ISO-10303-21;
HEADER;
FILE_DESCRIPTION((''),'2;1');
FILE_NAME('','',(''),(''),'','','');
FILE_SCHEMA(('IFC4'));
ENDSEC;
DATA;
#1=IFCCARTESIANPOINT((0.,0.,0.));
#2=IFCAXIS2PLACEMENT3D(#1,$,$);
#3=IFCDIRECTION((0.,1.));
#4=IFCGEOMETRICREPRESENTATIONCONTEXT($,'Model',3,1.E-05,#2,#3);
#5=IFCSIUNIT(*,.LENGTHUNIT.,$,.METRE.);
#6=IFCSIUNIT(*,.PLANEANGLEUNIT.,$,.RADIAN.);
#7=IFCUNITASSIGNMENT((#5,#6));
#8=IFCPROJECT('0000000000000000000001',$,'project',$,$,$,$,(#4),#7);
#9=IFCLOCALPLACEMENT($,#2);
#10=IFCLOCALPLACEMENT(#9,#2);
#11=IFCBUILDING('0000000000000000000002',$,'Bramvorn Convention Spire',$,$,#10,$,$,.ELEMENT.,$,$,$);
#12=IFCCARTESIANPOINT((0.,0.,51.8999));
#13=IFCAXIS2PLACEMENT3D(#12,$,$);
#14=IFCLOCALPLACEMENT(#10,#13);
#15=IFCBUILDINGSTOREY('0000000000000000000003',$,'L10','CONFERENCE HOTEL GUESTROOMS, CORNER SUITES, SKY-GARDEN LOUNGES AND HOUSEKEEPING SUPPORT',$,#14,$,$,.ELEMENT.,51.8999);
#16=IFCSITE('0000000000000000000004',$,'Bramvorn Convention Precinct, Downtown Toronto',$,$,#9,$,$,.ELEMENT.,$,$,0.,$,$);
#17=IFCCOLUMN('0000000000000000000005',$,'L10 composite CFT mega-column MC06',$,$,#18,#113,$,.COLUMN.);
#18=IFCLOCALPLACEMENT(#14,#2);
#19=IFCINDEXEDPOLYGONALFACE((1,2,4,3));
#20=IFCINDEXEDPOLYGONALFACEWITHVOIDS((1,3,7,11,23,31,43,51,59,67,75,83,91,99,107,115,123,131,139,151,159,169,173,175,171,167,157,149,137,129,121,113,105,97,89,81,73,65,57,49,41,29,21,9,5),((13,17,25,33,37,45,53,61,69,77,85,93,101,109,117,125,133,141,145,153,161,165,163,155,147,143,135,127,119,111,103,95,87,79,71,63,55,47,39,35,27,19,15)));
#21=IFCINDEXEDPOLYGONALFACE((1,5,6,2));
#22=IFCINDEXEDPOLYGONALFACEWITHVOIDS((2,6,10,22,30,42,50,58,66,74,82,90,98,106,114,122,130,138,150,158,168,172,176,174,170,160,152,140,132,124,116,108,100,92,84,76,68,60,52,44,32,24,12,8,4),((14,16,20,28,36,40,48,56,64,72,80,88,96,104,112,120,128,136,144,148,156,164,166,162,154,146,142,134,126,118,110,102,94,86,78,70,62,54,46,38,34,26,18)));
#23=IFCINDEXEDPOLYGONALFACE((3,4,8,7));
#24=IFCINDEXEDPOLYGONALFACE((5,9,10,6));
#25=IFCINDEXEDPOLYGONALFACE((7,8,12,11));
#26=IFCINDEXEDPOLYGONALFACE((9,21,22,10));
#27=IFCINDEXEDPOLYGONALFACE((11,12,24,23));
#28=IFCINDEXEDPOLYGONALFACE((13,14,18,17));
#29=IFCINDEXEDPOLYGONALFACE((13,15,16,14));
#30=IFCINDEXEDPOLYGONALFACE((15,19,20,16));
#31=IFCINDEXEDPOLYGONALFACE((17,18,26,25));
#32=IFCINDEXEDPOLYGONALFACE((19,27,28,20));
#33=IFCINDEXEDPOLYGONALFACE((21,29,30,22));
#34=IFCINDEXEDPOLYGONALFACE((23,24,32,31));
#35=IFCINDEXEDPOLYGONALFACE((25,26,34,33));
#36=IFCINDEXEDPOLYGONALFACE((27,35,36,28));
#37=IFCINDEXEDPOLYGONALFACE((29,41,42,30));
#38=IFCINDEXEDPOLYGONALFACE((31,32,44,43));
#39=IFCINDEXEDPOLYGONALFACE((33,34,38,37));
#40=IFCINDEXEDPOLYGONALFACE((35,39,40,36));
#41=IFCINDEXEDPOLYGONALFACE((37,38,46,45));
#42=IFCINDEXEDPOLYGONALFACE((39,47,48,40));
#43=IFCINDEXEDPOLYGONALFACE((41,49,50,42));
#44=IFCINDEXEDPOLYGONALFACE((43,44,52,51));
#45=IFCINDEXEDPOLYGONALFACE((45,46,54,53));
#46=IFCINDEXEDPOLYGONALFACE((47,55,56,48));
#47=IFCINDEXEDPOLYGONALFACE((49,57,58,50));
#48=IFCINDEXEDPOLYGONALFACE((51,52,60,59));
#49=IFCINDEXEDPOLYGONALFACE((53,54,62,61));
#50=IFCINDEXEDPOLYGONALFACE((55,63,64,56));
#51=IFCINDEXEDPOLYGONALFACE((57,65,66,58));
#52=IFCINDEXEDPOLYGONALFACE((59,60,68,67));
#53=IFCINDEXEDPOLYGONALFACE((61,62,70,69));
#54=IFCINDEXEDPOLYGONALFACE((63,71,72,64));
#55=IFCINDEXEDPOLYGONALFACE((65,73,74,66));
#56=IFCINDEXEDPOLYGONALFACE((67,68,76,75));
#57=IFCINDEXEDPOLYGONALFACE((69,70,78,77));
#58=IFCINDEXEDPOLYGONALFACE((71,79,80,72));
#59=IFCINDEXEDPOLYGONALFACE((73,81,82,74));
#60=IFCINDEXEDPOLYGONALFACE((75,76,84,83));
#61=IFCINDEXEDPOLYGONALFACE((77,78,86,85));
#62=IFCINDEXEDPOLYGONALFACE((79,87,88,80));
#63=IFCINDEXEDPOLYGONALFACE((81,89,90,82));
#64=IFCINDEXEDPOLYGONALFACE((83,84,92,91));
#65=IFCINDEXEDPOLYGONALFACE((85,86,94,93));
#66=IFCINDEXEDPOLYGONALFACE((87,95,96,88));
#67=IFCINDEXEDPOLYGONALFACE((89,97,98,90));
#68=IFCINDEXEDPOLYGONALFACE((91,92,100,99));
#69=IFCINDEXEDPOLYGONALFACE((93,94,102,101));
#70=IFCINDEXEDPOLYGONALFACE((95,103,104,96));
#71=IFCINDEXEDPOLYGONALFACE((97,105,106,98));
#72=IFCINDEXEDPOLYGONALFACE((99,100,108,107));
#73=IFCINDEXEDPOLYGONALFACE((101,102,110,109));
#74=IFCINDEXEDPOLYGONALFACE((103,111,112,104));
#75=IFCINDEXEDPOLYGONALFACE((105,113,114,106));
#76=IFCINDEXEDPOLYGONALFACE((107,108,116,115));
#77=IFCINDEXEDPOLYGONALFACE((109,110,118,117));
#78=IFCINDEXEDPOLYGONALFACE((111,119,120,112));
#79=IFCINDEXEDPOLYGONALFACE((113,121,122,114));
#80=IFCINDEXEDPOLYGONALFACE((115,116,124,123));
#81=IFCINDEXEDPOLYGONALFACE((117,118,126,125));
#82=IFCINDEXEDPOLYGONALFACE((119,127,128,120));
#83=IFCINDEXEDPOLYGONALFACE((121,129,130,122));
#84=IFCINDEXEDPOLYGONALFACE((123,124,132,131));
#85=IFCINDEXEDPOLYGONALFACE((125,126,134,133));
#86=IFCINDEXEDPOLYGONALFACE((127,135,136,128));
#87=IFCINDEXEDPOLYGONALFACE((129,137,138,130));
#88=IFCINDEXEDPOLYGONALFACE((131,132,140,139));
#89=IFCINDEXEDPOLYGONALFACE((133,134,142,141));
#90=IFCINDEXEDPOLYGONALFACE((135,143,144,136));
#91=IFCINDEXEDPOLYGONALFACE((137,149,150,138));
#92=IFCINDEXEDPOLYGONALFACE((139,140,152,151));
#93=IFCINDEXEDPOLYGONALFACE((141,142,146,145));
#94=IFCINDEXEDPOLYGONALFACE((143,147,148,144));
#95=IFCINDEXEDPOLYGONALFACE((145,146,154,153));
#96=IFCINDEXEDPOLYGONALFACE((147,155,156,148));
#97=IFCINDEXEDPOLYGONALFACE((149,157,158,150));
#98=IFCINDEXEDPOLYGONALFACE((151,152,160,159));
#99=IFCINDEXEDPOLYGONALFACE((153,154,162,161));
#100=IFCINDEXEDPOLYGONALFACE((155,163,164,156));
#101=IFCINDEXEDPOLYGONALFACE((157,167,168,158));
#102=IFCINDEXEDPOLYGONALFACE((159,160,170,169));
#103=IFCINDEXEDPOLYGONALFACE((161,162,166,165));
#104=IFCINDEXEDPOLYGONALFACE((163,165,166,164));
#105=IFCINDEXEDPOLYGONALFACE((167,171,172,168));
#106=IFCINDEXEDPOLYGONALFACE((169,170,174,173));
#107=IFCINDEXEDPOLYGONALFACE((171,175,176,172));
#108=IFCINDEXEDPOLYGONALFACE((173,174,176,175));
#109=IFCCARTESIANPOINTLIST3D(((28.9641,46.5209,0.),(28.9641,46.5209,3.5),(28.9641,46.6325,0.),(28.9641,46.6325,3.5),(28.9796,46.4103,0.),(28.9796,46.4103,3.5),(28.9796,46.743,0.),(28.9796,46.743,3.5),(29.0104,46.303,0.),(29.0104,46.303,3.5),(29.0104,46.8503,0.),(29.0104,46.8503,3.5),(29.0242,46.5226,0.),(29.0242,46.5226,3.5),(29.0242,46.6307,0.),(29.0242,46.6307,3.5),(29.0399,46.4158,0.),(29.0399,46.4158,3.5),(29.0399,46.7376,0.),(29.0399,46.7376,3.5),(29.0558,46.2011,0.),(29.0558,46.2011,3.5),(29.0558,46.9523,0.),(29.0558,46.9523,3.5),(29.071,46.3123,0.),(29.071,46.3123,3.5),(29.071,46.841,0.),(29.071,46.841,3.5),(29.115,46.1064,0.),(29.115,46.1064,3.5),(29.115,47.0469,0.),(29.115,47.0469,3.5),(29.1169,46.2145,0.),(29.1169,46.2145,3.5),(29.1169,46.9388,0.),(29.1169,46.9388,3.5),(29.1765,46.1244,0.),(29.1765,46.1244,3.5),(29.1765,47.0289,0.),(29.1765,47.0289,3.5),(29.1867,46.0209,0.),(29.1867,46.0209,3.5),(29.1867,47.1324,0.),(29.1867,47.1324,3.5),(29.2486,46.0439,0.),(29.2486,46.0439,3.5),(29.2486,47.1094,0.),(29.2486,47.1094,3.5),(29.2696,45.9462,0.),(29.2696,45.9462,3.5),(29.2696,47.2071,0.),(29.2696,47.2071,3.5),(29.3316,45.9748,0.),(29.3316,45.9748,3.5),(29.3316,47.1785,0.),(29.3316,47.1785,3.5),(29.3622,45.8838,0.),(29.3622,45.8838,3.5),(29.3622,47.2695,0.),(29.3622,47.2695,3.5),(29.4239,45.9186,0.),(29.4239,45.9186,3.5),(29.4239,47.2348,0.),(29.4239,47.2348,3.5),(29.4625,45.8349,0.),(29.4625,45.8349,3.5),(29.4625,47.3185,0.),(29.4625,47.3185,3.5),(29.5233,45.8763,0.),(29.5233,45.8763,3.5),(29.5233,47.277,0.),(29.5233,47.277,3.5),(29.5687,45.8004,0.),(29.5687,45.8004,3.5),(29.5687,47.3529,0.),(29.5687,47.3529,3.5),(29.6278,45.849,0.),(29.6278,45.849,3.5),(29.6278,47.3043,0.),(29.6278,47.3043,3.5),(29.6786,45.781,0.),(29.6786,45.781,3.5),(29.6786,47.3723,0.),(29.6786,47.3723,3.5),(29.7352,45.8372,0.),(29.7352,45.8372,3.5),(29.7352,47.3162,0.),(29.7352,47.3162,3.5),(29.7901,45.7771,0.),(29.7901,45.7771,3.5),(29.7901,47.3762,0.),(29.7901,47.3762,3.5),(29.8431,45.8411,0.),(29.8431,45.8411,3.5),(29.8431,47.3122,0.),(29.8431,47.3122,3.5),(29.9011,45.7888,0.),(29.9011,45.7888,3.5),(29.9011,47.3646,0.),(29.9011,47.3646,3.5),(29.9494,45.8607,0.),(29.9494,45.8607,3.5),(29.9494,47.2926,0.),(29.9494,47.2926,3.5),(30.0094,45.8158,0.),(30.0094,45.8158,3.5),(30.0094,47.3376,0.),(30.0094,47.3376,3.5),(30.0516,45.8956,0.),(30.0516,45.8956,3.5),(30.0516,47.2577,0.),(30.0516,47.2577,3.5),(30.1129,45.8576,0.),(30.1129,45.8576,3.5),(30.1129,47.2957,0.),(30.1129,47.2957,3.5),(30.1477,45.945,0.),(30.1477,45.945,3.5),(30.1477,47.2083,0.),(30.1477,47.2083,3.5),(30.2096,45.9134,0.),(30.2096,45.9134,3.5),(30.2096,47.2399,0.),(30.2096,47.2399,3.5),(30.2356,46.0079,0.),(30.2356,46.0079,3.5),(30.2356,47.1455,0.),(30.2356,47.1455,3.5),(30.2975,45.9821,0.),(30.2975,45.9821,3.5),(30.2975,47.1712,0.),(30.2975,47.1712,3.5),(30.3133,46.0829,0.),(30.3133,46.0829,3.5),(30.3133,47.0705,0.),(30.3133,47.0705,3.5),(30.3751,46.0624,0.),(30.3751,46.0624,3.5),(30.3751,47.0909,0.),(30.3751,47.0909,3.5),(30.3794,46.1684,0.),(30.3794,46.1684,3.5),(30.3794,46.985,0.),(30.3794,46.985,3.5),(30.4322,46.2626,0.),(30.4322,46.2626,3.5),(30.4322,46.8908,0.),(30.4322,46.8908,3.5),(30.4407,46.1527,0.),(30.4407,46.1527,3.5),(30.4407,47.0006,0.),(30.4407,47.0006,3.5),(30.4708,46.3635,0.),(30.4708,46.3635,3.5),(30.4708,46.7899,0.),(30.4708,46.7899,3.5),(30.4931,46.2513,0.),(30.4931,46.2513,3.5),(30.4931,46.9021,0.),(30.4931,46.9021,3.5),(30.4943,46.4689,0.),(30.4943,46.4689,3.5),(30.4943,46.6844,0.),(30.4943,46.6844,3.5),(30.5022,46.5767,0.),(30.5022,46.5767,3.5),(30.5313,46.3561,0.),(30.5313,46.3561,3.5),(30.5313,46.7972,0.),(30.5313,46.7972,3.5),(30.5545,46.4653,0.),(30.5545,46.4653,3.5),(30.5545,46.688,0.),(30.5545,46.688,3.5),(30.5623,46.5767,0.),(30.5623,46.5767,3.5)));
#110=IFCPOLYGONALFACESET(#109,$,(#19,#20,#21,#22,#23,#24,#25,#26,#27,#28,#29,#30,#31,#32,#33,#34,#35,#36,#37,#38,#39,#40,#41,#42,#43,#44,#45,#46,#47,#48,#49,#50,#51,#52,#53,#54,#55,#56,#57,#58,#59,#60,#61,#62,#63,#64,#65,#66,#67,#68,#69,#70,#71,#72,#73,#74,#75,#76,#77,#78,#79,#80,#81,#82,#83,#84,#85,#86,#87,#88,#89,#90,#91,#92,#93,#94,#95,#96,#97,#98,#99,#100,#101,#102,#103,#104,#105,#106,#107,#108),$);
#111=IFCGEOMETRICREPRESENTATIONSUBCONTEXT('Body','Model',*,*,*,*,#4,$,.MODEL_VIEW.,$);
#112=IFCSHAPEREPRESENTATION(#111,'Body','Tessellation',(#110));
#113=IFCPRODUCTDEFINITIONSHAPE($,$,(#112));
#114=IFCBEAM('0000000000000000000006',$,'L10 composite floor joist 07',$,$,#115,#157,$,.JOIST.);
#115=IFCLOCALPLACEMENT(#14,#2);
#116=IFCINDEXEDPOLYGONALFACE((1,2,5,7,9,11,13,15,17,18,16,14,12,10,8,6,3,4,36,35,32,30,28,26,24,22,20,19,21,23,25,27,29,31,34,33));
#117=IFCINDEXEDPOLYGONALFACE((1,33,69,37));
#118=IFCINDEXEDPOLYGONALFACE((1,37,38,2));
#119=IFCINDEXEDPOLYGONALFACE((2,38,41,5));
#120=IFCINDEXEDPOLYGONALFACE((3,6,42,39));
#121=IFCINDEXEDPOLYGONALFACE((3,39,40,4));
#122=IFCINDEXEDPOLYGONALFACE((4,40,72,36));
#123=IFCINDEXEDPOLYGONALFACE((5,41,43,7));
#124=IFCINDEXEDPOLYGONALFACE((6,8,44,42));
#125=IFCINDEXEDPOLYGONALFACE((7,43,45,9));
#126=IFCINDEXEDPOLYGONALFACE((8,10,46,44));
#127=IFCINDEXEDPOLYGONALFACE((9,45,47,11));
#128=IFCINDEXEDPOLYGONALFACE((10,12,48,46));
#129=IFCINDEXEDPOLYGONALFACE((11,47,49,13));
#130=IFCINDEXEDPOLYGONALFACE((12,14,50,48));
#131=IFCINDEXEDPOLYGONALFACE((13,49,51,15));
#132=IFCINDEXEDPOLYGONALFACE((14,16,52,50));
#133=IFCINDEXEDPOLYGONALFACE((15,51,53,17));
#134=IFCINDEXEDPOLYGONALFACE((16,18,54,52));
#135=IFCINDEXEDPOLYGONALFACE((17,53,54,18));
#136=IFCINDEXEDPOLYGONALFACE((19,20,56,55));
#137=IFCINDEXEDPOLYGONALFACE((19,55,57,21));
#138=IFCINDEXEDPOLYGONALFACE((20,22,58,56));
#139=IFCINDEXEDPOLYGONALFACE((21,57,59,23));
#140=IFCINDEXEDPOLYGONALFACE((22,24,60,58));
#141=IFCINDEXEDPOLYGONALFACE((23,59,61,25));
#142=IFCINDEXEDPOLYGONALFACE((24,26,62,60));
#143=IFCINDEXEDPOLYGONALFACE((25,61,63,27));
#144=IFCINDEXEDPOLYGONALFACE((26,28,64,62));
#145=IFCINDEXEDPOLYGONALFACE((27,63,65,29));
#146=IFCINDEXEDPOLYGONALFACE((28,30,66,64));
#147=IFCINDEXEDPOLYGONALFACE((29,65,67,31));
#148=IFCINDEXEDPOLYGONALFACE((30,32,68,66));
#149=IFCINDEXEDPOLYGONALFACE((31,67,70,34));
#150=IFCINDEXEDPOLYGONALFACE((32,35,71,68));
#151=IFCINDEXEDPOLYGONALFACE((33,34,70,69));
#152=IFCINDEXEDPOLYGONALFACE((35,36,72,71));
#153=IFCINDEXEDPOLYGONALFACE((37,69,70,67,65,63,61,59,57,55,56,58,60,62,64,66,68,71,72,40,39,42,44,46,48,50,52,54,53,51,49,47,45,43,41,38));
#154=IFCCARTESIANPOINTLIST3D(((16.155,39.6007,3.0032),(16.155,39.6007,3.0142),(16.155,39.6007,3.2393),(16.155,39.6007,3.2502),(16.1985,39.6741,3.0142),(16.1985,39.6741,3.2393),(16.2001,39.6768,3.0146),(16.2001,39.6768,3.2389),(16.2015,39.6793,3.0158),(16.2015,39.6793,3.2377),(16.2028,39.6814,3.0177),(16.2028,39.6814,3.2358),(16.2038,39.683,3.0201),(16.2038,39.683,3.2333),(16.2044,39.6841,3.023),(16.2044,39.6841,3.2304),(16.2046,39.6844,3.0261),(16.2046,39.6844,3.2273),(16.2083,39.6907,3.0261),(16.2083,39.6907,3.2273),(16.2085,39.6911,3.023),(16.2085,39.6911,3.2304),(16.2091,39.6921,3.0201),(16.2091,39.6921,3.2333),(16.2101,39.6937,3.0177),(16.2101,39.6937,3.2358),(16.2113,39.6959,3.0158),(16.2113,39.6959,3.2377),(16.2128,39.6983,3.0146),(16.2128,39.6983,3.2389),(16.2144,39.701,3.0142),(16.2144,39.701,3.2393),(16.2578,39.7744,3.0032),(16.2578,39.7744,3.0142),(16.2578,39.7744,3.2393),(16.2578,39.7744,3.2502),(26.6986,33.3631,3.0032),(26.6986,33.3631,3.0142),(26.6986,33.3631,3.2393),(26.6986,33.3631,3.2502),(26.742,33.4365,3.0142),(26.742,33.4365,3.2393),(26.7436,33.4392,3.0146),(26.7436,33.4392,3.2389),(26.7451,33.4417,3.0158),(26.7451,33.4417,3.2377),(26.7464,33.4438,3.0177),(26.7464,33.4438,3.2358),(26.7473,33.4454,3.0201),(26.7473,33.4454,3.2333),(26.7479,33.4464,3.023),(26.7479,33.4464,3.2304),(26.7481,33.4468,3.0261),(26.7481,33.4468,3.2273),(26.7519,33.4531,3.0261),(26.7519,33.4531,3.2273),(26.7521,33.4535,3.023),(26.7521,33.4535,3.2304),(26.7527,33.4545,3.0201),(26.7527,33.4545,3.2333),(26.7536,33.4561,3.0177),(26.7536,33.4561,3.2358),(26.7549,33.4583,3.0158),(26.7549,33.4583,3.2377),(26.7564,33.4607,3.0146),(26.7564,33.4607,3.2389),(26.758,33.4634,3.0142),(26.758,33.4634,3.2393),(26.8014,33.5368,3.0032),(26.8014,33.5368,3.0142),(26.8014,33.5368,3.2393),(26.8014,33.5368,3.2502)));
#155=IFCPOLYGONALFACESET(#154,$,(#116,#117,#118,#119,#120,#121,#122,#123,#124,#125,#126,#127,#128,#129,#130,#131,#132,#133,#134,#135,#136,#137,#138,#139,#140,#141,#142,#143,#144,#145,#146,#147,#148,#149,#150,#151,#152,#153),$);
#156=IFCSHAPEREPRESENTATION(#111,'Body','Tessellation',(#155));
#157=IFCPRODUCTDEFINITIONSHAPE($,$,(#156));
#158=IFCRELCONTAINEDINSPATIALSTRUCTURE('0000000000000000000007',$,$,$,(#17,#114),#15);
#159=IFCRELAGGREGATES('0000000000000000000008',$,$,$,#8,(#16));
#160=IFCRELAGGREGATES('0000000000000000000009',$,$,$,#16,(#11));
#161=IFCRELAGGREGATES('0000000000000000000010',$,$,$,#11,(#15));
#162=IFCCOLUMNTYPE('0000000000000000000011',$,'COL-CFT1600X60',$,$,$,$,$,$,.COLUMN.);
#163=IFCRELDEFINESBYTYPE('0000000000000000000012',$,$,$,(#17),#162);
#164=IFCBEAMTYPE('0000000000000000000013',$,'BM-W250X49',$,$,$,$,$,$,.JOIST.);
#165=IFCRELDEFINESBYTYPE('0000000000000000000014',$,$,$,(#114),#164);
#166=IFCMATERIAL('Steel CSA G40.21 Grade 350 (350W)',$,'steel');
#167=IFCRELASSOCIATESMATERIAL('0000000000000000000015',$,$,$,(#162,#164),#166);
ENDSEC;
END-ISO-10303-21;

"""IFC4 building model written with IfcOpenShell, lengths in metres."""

from ifc_helpers import new_model, si_unit, direction, frame, origin, origin_2d, place, context, subcontext, project, spatial, hollow_circle, i_section, extrude, material, material_profile, profile_set, type_object, element, save


model = new_model("IFC4")

# Units and contexts
model_context = context("Model", 3, precision=1e-05, world=origin(), true_north=direction((0.0, 1.0)))
body_context = subcontext(model_context, "Body", "Model", "MODEL_VIEW")
ifc_project = project(units=[si_unit("LENGTHUNIT", "METRE"), si_unit("PLANEANGLEUNIT", "RADIAN")], contexts=[model_context])

# Site, building, storey
site_placement = place(None, origin())
site = spatial("IfcSite", under=ifc_project, at=site_placement, Name="Bramvorn Convention Precinct, Downtown Toronto", CompositionType="ELEMENT", RefElevation=0.0)
building_placement = place(site_placement, origin())
building = spatial("IfcBuilding", under=site, at=building_placement, Name="Bramvorn Convention Spire", CompositionType="ELEMENT")
storey_placement = place(building_placement, frame((0.0, 0.0, 51.8999)))
storey = spatial("IfcBuildingStorey", under=building, at=storey_placement, Name="L10", Description="CONFERENCE HOTEL GUESTROOMS, CORNER SUITES, SKY-GARDEN LOUNGES AND HOUSEKEEPING SUPPORT", CompositionType="ELEMENT", Elevation=51.8999)

# Column
ifc_material_1 = material(Name="Steel CSA G40.21 Grade 350 (350W)", Category="steel")
ifc_material_profile_1 = material_profile(ifc_material_1, hollow_circle(Radius=0.8, WallThickness=0.0601, at=origin_2d()))
ifc_profile_set_1 = profile_set([ifc_material_profile_1], Name="Steel CSA G40.21 Grade 350 (350W) - CFT1600X60")
column_type = type_object("IfcColumnType", Name="COL-CFT1600X60", PredefinedType="COLUMN", material=ifc_profile_set_1)
column_placement = place(storey_placement, frame((29.7622, 46.5767, 0.0), z_axis=(0.0, 0.0, 1.0), x_axis=(1.0, 0.0, 0.0)))
element("IfcColumn", 1, at=column_placement, inside=storey, type_object=column_type, Name="L10 composite CFT mega-column MC06", PredefinedType="COLUMN", context=body_context, shape_type="SweptSolid", body=[
    extrude(hollow_circle(Radius=0.8, WallThickness=0.0601, at=origin_2d()), origin(), (0.0, 0.0, 1.0), 3.5),
])

# Beam
ifc_material_profile_2 = material_profile(ifc_material_1, i_section(OverallWidth=0.2019, OverallDepth=0.2471, WebThickness=0.0073, FlangeThickness=0.011, FilletRadius=0.012, at=origin_2d()))
ifc_profile_set_2 = profile_set([ifc_material_profile_2], Name="Steel CSA G40.21 Grade 350 (350W) - W250X49")
beam_type_1 = type_object("IfcBeamType", Name="BM-W250X49", PredefinedType="JOIST", material=ifc_profile_set_2)
beam_1_placement = place(storey_placement, frame((26.75, 33.45, 3.1267), z_axis=(-0.860665, 0.509172, 0.0), x_axis=(-0.509172, -0.860665, 0.0)))
element("IfcBeam", 2, at=beam_1_placement, inside=storey, type_object=beam_type_1, Name="L10 composite floor joist 07", PredefinedType="JOIST", context=body_context, shape_type="SweptSolid", body=[
    extrude(i_section(OverallWidth=0.2019, OverallDepth=0.2471, WebThickness=0.0073, FlangeThickness=0.011, FilletRadius=0.012, at=origin_2d()), origin(), (0.0, 0.0, 1.0), 12.2505),
])

save(model, "model.ifc")
